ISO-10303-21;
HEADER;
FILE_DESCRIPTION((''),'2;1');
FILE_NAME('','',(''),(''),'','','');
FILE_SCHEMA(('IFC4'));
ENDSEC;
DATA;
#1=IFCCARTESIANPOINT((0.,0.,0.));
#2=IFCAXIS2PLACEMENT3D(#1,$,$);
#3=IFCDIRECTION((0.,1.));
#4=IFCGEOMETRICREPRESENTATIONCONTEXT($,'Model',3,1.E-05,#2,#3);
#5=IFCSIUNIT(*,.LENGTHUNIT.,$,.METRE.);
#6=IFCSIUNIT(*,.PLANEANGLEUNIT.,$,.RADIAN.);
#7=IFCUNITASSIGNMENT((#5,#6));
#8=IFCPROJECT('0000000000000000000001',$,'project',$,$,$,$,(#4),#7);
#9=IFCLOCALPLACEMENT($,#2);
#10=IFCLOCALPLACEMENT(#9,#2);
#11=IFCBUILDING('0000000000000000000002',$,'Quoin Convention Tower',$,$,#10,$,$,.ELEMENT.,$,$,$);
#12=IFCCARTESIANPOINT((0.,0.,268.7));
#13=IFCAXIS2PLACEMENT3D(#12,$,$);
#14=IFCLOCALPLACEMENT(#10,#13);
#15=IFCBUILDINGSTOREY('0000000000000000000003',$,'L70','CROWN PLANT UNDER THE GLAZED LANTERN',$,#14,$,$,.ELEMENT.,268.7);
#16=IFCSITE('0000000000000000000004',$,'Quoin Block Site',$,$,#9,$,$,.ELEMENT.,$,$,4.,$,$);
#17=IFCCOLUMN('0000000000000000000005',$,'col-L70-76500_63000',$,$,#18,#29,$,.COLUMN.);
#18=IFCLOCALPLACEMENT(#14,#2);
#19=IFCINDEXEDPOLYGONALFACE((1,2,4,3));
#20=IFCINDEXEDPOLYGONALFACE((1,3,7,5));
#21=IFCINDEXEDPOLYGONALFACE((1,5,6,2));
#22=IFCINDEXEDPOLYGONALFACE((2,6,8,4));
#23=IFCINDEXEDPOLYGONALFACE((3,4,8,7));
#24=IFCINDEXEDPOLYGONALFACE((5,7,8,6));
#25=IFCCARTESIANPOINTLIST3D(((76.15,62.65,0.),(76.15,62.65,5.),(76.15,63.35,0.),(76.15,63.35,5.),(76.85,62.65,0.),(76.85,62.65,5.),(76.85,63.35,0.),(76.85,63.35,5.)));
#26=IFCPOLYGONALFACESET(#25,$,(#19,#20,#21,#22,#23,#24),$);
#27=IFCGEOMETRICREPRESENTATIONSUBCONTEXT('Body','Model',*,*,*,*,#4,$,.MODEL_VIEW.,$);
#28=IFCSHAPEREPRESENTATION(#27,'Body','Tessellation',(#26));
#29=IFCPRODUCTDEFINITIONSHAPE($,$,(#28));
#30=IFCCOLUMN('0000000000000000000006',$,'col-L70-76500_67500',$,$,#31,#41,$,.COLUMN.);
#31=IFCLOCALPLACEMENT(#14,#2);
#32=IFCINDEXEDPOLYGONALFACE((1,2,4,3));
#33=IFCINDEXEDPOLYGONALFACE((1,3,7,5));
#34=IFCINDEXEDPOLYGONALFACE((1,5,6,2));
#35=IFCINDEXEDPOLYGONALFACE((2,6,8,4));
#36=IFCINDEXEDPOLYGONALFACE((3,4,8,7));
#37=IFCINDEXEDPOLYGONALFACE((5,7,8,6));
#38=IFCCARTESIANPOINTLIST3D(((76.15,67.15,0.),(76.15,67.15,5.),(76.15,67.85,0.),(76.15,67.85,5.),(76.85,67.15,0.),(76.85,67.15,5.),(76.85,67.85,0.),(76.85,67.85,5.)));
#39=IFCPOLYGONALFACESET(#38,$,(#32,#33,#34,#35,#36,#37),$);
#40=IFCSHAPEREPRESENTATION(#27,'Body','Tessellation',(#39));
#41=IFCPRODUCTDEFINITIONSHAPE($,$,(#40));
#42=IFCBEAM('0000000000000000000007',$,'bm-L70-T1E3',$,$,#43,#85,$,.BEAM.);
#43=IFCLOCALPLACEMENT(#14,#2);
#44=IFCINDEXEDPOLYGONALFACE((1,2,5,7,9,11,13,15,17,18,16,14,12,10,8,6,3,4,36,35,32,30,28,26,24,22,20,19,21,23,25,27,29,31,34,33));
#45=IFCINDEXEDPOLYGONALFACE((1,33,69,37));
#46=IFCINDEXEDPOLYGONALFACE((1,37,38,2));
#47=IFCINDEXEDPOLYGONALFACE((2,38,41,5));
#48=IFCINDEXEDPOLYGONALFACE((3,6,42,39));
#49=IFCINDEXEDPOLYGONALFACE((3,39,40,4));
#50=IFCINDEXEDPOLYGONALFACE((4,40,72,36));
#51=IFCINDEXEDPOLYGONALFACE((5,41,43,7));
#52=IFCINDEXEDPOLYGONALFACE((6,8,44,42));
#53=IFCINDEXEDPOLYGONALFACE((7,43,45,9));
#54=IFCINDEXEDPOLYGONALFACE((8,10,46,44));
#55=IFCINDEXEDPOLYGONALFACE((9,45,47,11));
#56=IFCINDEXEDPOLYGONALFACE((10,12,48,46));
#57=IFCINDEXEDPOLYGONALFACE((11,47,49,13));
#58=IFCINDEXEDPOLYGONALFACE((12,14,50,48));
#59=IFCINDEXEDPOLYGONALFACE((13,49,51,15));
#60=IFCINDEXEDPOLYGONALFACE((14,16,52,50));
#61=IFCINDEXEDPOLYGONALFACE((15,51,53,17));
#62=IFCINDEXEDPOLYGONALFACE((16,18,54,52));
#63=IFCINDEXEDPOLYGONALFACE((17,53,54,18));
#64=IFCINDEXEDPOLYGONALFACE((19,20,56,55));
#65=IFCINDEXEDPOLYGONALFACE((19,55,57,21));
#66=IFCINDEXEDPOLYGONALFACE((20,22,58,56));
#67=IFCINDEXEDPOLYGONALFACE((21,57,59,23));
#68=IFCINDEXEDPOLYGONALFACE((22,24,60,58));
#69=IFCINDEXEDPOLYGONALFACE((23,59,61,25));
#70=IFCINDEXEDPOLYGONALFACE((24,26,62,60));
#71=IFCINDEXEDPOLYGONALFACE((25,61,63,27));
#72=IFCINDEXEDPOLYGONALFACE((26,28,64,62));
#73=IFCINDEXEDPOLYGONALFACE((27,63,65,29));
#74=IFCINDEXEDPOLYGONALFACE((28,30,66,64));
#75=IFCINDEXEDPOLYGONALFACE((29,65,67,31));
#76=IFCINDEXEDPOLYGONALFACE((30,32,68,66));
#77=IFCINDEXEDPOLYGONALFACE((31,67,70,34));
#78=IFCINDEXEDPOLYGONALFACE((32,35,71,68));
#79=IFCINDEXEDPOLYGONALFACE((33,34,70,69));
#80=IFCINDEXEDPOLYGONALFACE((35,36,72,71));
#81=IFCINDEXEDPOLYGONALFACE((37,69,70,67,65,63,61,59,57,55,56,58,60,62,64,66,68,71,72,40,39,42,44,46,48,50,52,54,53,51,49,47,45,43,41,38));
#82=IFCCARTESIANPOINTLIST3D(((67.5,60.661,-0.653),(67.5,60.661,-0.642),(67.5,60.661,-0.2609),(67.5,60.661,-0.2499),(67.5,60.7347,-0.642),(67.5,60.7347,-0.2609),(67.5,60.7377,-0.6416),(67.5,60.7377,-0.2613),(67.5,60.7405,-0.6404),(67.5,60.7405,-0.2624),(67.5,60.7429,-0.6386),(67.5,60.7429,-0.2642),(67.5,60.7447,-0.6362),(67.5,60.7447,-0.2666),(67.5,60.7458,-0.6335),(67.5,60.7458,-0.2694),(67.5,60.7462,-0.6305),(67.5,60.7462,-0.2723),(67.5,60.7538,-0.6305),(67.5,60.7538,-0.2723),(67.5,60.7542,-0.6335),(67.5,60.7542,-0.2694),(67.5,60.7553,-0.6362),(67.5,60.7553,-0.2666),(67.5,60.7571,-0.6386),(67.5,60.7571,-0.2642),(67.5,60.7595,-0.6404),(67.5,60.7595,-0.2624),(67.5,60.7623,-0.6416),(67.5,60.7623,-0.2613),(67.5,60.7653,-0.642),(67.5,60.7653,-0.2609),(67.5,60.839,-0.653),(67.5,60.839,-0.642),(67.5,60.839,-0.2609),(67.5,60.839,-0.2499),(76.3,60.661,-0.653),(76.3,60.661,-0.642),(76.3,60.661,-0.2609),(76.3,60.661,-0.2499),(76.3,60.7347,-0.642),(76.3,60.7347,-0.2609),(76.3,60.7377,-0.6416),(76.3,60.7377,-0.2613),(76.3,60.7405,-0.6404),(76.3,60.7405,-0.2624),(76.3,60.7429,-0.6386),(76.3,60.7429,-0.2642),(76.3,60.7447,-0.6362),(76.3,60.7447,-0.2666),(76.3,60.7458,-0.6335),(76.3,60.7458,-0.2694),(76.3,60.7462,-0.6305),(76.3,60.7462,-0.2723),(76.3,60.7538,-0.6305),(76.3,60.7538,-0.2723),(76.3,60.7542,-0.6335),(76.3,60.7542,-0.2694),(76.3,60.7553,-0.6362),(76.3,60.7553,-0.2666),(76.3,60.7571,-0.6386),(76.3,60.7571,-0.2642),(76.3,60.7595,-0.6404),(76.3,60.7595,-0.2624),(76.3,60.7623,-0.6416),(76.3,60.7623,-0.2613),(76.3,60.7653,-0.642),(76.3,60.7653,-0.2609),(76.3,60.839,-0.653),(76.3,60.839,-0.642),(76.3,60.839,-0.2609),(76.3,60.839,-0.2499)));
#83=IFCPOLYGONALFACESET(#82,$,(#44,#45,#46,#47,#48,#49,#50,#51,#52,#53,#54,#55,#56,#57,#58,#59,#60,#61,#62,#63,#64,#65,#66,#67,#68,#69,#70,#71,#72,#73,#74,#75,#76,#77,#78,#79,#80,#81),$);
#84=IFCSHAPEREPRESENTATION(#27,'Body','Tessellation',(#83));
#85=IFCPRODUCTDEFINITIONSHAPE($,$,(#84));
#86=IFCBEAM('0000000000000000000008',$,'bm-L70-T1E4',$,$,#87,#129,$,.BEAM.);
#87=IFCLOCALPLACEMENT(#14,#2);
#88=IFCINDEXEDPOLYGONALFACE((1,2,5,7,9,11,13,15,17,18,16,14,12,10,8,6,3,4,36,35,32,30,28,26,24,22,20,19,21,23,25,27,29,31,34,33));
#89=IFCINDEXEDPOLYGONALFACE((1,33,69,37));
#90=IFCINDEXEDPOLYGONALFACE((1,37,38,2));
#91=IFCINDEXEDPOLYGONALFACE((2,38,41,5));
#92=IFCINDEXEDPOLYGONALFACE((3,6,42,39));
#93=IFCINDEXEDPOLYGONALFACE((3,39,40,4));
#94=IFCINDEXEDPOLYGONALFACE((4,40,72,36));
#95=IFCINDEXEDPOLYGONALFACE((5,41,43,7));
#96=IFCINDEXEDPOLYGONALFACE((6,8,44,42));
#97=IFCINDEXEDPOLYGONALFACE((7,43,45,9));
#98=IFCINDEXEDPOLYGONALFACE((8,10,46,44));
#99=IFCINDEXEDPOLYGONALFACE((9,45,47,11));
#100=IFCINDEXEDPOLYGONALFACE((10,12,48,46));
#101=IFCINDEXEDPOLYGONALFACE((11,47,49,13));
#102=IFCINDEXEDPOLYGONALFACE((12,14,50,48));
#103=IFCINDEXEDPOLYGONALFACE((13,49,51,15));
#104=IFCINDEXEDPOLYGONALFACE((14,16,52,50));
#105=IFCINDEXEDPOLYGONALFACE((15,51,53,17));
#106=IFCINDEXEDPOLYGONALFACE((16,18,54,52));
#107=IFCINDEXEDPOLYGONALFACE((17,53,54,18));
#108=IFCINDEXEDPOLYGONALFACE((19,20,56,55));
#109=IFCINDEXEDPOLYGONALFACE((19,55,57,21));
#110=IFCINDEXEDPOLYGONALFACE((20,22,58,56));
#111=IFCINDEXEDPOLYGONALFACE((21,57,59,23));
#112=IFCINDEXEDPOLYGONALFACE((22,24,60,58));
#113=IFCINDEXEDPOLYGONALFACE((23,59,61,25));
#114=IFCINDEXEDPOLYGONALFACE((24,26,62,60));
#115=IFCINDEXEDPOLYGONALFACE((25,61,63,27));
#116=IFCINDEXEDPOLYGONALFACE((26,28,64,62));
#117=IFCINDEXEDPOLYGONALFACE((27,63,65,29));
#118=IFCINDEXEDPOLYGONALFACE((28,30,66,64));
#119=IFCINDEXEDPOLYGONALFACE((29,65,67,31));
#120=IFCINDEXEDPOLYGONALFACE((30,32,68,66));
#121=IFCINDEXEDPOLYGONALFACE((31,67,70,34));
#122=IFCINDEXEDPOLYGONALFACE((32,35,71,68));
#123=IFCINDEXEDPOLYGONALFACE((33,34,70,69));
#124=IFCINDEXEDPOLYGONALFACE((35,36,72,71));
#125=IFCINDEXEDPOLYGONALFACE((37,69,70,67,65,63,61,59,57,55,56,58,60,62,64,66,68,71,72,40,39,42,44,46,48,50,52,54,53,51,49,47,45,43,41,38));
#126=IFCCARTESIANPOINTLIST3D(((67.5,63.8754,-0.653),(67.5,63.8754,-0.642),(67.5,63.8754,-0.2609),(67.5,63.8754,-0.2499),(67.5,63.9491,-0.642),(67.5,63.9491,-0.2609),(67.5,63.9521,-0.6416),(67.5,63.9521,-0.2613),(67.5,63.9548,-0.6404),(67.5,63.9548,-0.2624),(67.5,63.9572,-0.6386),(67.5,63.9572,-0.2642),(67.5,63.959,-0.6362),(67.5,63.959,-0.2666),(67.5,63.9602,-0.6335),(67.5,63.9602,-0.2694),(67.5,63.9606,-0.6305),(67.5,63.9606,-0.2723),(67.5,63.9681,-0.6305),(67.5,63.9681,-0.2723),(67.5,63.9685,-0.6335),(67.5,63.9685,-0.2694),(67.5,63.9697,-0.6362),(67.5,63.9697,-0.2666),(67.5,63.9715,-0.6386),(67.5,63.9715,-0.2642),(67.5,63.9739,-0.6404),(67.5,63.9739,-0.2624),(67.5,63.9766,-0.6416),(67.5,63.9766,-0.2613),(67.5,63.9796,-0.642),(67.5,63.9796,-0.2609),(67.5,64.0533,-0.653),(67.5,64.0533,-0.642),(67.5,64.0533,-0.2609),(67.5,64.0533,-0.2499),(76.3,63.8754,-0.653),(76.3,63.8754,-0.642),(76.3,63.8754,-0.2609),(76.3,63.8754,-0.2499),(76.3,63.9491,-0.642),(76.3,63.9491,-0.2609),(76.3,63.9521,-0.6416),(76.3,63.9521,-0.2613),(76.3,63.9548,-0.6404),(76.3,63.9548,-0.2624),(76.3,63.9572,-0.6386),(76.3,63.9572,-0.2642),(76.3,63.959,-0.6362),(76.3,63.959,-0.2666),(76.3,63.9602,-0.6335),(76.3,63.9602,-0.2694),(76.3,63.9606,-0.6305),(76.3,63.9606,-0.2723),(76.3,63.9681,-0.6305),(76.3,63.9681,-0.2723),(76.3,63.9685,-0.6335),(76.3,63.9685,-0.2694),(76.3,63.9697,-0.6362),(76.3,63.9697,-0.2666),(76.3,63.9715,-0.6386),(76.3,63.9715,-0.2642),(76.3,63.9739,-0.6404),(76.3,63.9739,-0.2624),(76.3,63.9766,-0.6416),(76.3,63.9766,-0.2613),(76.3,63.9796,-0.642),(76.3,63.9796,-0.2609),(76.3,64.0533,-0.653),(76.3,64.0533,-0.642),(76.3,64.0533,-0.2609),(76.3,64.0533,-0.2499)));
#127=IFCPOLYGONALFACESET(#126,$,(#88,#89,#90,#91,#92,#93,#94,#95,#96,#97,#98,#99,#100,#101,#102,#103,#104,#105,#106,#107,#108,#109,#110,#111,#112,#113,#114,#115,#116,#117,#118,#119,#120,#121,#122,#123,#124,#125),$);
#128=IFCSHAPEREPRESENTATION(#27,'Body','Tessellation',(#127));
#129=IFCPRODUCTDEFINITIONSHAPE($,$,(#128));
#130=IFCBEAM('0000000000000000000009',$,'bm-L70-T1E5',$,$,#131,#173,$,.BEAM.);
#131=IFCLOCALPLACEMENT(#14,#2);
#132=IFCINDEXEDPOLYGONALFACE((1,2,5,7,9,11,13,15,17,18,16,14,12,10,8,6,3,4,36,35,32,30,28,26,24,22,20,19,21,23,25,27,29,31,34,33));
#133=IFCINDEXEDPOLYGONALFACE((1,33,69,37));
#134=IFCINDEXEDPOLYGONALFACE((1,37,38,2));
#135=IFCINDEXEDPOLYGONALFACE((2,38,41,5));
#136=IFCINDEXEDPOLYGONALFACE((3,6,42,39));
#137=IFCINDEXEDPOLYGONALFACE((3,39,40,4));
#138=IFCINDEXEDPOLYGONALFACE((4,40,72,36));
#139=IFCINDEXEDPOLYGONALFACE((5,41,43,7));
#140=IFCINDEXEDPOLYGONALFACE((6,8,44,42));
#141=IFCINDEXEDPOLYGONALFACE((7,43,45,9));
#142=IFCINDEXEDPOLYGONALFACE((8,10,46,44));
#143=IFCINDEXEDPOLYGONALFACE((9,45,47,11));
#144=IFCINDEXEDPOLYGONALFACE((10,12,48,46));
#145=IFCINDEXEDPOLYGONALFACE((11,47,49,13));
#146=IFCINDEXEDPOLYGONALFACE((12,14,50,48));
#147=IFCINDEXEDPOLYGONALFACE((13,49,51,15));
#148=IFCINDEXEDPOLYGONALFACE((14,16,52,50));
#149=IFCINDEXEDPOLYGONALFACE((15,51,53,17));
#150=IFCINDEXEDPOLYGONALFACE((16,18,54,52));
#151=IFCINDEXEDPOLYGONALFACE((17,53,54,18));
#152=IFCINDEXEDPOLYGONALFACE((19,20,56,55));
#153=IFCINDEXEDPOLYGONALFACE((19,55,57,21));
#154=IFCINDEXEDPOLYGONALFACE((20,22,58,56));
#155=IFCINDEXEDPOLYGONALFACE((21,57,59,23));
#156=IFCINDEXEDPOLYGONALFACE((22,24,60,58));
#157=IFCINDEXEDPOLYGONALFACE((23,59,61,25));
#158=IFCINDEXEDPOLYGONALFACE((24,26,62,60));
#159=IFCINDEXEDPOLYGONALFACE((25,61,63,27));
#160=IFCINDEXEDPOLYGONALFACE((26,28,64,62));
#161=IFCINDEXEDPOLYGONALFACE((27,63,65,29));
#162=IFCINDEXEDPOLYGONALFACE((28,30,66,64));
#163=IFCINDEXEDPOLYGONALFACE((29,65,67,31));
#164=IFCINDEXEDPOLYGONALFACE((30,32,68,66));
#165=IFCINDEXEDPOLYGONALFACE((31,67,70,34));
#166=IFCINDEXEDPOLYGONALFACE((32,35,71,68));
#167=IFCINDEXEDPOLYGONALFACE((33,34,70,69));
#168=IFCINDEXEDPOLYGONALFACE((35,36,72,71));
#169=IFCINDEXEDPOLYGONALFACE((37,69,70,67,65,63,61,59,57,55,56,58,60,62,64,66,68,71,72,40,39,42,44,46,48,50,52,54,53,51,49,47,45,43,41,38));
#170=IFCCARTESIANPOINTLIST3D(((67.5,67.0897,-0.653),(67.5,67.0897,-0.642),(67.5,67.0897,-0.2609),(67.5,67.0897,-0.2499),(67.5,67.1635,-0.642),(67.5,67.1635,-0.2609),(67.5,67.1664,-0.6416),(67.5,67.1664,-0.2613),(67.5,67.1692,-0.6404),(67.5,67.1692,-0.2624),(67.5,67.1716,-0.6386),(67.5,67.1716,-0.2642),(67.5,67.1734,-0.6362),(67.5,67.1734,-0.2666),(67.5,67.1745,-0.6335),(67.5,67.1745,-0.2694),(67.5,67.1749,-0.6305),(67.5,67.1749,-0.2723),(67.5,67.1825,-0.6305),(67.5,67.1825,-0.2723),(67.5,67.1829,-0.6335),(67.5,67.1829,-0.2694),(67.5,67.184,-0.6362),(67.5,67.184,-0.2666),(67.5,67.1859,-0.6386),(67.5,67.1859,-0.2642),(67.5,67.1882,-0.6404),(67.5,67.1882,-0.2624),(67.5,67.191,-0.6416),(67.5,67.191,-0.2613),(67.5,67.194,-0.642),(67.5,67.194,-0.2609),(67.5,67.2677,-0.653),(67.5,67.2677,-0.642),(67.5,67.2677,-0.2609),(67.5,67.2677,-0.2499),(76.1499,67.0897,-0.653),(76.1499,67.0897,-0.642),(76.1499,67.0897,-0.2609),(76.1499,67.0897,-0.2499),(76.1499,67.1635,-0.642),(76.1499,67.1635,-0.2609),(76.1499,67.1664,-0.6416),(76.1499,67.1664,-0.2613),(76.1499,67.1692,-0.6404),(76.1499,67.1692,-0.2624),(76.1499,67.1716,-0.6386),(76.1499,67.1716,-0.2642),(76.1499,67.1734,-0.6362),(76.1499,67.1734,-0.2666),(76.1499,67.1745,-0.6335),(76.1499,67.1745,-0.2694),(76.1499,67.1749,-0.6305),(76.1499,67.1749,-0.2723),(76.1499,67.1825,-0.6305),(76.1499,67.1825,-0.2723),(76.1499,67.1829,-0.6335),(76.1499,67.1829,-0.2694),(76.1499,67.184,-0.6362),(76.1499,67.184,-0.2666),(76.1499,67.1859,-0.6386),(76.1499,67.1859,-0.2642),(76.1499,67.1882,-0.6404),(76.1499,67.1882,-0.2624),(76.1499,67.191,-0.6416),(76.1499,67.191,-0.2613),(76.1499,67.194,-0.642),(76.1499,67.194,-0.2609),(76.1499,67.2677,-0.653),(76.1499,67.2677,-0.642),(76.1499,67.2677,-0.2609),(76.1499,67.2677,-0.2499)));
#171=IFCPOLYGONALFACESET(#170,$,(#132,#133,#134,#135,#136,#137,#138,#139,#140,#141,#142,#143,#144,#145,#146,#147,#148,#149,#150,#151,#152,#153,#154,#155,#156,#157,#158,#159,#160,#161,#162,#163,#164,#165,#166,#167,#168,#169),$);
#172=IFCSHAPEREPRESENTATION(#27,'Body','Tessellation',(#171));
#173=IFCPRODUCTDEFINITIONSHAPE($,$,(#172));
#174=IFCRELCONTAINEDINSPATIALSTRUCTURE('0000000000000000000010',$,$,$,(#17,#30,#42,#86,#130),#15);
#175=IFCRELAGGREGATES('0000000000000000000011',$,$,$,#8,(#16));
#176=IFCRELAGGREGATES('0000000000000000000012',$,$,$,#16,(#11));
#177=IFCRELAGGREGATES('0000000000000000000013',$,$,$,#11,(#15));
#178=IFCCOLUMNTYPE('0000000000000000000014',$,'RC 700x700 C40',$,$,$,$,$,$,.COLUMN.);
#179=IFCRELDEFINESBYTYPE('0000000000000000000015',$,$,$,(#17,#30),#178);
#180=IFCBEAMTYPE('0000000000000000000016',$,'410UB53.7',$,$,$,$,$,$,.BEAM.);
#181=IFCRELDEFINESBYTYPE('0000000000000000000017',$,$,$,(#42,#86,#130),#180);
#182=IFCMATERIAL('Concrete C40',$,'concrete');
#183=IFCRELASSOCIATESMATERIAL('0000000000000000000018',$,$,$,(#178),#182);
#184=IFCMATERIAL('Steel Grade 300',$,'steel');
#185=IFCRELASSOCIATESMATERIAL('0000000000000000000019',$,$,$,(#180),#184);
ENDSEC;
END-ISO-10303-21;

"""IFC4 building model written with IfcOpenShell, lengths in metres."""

from ifc_helpers import new_model, si_unit, direction, frame, origin, origin_2d, place, context, subcontext, project, spatial, rectangle, i_section, extrude, material, material_profile, profile_set, type_object, element, save


model = new_model("IFC4")

# Units and contexts
model_context = context("Model", 3, precision=1e-05, world=origin(), true_north=direction((0.0, 1.0)))
body_context = subcontext(model_context, "Body", "Model", "MODEL_VIEW")
ifc_project = project(units=[si_unit("LENGTHUNIT", "METRE"), si_unit("PLANEANGLEUNIT", "RADIAN")], contexts=[model_context])

# Site, building, storey
site_placement = place(None, origin())
site = spatial("IfcSite", under=ifc_project, at=site_placement, Name="Quoin Block Site", CompositionType="ELEMENT", RefElevation=4.0)
building_placement = place(site_placement, origin())
building = spatial("IfcBuilding", under=site, at=building_placement, Name="Quoin Convention Tower", CompositionType="ELEMENT")
storey_placement = place(building_placement, frame((0.0, 0.0, 268.7)))
storey = spatial("IfcBuildingStorey", under=building, at=storey_placement, Name="L70", Description="CROWN PLANT UNDER THE GLAZED LANTERN", CompositionType="ELEMENT", Elevation=268.7)

# Columns
ifc_material_1 = material(Name="Concrete C40", Category="concrete")
ifc_material_profile_1 = material_profile(ifc_material_1, rectangle(XDim=0.7, YDim=0.7, at=origin_2d()), Name="RC 700x700")
ifc_profile_set_1 = profile_set([ifc_material_profile_1], Name="Concrete C40")
column_type = type_object("IfcColumnType", Name="RC 700x700 C40", PredefinedType="COLUMN", material=ifc_profile_set_1)
for number, where, z_axis, x_axis, name in (
    (1, (76.5, 63.0, 0.0), (0.0, 0.0, 1.0), (1.0, 0.0, 0.0), "col-L70-76500_63000"),
    (2, (76.5, 67.5, 0.0), (0.0, 0.0, 1.0), (1.0, 0.0, 0.0), "col-L70-76500_67500"),
):
    element("IfcColumn", number, at=place(storey_placement, frame(where, z_axis=z_axis, x_axis=x_axis)), inside=storey, type_object=column_type, Name=name, PredefinedType="COLUMN", context=body_context, shape_type="SweptSolid", body=[
        extrude(rectangle(XDim=0.7, YDim=0.7, at=origin_2d()), origin(), (0.0, 0.0, 1.0), 5.0),
    ])

# Beams
ifc_material_2 = material(Name="Steel Grade 300", Category="steel")
ifc_material_profile_2 = material_profile(ifc_material_2, i_section(OverallWidth=0.178, OverallDepth=0.4031, WebThickness=0.0076, FlangeThickness=0.011, FilletRadius=0.0115, at=origin_2d()), Name="410UB53.7")
ifc_profile_set_2 = profile_set([ifc_material_profile_2], Name="Steel Grade 300")
beam_type_1 = type_object("IfcBeamType", Name="410UB53.7", PredefinedType="BEAM", material=ifc_profile_set_2)
for number, where, z_axis, x_axis, name in (
    (3, (67.5, 60.75, -0.4514), (1.0, 0.0, 0.0), (0.0, 1.0, 0.0), "bm-L70-T1E3"),
    (4, (67.5, 63.9644, -0.4514), (1.0, 0.0, 0.0), (0.0, 1.0, 0.0), "bm-L70-T1E4"),
):
    element("IfcBeam", number, at=place(storey_placement, frame(where, z_axis=z_axis, x_axis=x_axis)), inside=storey, type_object=beam_type_1, Name=name, PredefinedType="BEAM", context=body_context, shape_type="SweptSolid", body=[
        extrude(i_section(OverallWidth=0.178, OverallDepth=0.4031, WebThickness=0.0076, FlangeThickness=0.011, FilletRadius=0.0115, at=origin_2d()), origin(), (0.0, 0.0, 1.0), 8.8),
    ])
beam_1_placement = place(storey_placement, frame((67.5, 67.1787, -0.4514), z_axis=(1.0, 0.0, 0.0), x_axis=(0.0, 1.0, 0.0)))
element("IfcBeam", 5, at=beam_1_placement, inside=storey, type_object=beam_type_1, Name="bm-L70-T1E5", PredefinedType="BEAM", context=body_context, shape_type="SweptSolid", body=[
    extrude(i_section(OverallWidth=0.178, OverallDepth=0.4031, WebThickness=0.0076, FlangeThickness=0.011, FilletRadius=0.0115, at=origin_2d()), origin(), (0.0, 0.0, 1.0), 8.6499),
])

save(model, "model.ifc")
